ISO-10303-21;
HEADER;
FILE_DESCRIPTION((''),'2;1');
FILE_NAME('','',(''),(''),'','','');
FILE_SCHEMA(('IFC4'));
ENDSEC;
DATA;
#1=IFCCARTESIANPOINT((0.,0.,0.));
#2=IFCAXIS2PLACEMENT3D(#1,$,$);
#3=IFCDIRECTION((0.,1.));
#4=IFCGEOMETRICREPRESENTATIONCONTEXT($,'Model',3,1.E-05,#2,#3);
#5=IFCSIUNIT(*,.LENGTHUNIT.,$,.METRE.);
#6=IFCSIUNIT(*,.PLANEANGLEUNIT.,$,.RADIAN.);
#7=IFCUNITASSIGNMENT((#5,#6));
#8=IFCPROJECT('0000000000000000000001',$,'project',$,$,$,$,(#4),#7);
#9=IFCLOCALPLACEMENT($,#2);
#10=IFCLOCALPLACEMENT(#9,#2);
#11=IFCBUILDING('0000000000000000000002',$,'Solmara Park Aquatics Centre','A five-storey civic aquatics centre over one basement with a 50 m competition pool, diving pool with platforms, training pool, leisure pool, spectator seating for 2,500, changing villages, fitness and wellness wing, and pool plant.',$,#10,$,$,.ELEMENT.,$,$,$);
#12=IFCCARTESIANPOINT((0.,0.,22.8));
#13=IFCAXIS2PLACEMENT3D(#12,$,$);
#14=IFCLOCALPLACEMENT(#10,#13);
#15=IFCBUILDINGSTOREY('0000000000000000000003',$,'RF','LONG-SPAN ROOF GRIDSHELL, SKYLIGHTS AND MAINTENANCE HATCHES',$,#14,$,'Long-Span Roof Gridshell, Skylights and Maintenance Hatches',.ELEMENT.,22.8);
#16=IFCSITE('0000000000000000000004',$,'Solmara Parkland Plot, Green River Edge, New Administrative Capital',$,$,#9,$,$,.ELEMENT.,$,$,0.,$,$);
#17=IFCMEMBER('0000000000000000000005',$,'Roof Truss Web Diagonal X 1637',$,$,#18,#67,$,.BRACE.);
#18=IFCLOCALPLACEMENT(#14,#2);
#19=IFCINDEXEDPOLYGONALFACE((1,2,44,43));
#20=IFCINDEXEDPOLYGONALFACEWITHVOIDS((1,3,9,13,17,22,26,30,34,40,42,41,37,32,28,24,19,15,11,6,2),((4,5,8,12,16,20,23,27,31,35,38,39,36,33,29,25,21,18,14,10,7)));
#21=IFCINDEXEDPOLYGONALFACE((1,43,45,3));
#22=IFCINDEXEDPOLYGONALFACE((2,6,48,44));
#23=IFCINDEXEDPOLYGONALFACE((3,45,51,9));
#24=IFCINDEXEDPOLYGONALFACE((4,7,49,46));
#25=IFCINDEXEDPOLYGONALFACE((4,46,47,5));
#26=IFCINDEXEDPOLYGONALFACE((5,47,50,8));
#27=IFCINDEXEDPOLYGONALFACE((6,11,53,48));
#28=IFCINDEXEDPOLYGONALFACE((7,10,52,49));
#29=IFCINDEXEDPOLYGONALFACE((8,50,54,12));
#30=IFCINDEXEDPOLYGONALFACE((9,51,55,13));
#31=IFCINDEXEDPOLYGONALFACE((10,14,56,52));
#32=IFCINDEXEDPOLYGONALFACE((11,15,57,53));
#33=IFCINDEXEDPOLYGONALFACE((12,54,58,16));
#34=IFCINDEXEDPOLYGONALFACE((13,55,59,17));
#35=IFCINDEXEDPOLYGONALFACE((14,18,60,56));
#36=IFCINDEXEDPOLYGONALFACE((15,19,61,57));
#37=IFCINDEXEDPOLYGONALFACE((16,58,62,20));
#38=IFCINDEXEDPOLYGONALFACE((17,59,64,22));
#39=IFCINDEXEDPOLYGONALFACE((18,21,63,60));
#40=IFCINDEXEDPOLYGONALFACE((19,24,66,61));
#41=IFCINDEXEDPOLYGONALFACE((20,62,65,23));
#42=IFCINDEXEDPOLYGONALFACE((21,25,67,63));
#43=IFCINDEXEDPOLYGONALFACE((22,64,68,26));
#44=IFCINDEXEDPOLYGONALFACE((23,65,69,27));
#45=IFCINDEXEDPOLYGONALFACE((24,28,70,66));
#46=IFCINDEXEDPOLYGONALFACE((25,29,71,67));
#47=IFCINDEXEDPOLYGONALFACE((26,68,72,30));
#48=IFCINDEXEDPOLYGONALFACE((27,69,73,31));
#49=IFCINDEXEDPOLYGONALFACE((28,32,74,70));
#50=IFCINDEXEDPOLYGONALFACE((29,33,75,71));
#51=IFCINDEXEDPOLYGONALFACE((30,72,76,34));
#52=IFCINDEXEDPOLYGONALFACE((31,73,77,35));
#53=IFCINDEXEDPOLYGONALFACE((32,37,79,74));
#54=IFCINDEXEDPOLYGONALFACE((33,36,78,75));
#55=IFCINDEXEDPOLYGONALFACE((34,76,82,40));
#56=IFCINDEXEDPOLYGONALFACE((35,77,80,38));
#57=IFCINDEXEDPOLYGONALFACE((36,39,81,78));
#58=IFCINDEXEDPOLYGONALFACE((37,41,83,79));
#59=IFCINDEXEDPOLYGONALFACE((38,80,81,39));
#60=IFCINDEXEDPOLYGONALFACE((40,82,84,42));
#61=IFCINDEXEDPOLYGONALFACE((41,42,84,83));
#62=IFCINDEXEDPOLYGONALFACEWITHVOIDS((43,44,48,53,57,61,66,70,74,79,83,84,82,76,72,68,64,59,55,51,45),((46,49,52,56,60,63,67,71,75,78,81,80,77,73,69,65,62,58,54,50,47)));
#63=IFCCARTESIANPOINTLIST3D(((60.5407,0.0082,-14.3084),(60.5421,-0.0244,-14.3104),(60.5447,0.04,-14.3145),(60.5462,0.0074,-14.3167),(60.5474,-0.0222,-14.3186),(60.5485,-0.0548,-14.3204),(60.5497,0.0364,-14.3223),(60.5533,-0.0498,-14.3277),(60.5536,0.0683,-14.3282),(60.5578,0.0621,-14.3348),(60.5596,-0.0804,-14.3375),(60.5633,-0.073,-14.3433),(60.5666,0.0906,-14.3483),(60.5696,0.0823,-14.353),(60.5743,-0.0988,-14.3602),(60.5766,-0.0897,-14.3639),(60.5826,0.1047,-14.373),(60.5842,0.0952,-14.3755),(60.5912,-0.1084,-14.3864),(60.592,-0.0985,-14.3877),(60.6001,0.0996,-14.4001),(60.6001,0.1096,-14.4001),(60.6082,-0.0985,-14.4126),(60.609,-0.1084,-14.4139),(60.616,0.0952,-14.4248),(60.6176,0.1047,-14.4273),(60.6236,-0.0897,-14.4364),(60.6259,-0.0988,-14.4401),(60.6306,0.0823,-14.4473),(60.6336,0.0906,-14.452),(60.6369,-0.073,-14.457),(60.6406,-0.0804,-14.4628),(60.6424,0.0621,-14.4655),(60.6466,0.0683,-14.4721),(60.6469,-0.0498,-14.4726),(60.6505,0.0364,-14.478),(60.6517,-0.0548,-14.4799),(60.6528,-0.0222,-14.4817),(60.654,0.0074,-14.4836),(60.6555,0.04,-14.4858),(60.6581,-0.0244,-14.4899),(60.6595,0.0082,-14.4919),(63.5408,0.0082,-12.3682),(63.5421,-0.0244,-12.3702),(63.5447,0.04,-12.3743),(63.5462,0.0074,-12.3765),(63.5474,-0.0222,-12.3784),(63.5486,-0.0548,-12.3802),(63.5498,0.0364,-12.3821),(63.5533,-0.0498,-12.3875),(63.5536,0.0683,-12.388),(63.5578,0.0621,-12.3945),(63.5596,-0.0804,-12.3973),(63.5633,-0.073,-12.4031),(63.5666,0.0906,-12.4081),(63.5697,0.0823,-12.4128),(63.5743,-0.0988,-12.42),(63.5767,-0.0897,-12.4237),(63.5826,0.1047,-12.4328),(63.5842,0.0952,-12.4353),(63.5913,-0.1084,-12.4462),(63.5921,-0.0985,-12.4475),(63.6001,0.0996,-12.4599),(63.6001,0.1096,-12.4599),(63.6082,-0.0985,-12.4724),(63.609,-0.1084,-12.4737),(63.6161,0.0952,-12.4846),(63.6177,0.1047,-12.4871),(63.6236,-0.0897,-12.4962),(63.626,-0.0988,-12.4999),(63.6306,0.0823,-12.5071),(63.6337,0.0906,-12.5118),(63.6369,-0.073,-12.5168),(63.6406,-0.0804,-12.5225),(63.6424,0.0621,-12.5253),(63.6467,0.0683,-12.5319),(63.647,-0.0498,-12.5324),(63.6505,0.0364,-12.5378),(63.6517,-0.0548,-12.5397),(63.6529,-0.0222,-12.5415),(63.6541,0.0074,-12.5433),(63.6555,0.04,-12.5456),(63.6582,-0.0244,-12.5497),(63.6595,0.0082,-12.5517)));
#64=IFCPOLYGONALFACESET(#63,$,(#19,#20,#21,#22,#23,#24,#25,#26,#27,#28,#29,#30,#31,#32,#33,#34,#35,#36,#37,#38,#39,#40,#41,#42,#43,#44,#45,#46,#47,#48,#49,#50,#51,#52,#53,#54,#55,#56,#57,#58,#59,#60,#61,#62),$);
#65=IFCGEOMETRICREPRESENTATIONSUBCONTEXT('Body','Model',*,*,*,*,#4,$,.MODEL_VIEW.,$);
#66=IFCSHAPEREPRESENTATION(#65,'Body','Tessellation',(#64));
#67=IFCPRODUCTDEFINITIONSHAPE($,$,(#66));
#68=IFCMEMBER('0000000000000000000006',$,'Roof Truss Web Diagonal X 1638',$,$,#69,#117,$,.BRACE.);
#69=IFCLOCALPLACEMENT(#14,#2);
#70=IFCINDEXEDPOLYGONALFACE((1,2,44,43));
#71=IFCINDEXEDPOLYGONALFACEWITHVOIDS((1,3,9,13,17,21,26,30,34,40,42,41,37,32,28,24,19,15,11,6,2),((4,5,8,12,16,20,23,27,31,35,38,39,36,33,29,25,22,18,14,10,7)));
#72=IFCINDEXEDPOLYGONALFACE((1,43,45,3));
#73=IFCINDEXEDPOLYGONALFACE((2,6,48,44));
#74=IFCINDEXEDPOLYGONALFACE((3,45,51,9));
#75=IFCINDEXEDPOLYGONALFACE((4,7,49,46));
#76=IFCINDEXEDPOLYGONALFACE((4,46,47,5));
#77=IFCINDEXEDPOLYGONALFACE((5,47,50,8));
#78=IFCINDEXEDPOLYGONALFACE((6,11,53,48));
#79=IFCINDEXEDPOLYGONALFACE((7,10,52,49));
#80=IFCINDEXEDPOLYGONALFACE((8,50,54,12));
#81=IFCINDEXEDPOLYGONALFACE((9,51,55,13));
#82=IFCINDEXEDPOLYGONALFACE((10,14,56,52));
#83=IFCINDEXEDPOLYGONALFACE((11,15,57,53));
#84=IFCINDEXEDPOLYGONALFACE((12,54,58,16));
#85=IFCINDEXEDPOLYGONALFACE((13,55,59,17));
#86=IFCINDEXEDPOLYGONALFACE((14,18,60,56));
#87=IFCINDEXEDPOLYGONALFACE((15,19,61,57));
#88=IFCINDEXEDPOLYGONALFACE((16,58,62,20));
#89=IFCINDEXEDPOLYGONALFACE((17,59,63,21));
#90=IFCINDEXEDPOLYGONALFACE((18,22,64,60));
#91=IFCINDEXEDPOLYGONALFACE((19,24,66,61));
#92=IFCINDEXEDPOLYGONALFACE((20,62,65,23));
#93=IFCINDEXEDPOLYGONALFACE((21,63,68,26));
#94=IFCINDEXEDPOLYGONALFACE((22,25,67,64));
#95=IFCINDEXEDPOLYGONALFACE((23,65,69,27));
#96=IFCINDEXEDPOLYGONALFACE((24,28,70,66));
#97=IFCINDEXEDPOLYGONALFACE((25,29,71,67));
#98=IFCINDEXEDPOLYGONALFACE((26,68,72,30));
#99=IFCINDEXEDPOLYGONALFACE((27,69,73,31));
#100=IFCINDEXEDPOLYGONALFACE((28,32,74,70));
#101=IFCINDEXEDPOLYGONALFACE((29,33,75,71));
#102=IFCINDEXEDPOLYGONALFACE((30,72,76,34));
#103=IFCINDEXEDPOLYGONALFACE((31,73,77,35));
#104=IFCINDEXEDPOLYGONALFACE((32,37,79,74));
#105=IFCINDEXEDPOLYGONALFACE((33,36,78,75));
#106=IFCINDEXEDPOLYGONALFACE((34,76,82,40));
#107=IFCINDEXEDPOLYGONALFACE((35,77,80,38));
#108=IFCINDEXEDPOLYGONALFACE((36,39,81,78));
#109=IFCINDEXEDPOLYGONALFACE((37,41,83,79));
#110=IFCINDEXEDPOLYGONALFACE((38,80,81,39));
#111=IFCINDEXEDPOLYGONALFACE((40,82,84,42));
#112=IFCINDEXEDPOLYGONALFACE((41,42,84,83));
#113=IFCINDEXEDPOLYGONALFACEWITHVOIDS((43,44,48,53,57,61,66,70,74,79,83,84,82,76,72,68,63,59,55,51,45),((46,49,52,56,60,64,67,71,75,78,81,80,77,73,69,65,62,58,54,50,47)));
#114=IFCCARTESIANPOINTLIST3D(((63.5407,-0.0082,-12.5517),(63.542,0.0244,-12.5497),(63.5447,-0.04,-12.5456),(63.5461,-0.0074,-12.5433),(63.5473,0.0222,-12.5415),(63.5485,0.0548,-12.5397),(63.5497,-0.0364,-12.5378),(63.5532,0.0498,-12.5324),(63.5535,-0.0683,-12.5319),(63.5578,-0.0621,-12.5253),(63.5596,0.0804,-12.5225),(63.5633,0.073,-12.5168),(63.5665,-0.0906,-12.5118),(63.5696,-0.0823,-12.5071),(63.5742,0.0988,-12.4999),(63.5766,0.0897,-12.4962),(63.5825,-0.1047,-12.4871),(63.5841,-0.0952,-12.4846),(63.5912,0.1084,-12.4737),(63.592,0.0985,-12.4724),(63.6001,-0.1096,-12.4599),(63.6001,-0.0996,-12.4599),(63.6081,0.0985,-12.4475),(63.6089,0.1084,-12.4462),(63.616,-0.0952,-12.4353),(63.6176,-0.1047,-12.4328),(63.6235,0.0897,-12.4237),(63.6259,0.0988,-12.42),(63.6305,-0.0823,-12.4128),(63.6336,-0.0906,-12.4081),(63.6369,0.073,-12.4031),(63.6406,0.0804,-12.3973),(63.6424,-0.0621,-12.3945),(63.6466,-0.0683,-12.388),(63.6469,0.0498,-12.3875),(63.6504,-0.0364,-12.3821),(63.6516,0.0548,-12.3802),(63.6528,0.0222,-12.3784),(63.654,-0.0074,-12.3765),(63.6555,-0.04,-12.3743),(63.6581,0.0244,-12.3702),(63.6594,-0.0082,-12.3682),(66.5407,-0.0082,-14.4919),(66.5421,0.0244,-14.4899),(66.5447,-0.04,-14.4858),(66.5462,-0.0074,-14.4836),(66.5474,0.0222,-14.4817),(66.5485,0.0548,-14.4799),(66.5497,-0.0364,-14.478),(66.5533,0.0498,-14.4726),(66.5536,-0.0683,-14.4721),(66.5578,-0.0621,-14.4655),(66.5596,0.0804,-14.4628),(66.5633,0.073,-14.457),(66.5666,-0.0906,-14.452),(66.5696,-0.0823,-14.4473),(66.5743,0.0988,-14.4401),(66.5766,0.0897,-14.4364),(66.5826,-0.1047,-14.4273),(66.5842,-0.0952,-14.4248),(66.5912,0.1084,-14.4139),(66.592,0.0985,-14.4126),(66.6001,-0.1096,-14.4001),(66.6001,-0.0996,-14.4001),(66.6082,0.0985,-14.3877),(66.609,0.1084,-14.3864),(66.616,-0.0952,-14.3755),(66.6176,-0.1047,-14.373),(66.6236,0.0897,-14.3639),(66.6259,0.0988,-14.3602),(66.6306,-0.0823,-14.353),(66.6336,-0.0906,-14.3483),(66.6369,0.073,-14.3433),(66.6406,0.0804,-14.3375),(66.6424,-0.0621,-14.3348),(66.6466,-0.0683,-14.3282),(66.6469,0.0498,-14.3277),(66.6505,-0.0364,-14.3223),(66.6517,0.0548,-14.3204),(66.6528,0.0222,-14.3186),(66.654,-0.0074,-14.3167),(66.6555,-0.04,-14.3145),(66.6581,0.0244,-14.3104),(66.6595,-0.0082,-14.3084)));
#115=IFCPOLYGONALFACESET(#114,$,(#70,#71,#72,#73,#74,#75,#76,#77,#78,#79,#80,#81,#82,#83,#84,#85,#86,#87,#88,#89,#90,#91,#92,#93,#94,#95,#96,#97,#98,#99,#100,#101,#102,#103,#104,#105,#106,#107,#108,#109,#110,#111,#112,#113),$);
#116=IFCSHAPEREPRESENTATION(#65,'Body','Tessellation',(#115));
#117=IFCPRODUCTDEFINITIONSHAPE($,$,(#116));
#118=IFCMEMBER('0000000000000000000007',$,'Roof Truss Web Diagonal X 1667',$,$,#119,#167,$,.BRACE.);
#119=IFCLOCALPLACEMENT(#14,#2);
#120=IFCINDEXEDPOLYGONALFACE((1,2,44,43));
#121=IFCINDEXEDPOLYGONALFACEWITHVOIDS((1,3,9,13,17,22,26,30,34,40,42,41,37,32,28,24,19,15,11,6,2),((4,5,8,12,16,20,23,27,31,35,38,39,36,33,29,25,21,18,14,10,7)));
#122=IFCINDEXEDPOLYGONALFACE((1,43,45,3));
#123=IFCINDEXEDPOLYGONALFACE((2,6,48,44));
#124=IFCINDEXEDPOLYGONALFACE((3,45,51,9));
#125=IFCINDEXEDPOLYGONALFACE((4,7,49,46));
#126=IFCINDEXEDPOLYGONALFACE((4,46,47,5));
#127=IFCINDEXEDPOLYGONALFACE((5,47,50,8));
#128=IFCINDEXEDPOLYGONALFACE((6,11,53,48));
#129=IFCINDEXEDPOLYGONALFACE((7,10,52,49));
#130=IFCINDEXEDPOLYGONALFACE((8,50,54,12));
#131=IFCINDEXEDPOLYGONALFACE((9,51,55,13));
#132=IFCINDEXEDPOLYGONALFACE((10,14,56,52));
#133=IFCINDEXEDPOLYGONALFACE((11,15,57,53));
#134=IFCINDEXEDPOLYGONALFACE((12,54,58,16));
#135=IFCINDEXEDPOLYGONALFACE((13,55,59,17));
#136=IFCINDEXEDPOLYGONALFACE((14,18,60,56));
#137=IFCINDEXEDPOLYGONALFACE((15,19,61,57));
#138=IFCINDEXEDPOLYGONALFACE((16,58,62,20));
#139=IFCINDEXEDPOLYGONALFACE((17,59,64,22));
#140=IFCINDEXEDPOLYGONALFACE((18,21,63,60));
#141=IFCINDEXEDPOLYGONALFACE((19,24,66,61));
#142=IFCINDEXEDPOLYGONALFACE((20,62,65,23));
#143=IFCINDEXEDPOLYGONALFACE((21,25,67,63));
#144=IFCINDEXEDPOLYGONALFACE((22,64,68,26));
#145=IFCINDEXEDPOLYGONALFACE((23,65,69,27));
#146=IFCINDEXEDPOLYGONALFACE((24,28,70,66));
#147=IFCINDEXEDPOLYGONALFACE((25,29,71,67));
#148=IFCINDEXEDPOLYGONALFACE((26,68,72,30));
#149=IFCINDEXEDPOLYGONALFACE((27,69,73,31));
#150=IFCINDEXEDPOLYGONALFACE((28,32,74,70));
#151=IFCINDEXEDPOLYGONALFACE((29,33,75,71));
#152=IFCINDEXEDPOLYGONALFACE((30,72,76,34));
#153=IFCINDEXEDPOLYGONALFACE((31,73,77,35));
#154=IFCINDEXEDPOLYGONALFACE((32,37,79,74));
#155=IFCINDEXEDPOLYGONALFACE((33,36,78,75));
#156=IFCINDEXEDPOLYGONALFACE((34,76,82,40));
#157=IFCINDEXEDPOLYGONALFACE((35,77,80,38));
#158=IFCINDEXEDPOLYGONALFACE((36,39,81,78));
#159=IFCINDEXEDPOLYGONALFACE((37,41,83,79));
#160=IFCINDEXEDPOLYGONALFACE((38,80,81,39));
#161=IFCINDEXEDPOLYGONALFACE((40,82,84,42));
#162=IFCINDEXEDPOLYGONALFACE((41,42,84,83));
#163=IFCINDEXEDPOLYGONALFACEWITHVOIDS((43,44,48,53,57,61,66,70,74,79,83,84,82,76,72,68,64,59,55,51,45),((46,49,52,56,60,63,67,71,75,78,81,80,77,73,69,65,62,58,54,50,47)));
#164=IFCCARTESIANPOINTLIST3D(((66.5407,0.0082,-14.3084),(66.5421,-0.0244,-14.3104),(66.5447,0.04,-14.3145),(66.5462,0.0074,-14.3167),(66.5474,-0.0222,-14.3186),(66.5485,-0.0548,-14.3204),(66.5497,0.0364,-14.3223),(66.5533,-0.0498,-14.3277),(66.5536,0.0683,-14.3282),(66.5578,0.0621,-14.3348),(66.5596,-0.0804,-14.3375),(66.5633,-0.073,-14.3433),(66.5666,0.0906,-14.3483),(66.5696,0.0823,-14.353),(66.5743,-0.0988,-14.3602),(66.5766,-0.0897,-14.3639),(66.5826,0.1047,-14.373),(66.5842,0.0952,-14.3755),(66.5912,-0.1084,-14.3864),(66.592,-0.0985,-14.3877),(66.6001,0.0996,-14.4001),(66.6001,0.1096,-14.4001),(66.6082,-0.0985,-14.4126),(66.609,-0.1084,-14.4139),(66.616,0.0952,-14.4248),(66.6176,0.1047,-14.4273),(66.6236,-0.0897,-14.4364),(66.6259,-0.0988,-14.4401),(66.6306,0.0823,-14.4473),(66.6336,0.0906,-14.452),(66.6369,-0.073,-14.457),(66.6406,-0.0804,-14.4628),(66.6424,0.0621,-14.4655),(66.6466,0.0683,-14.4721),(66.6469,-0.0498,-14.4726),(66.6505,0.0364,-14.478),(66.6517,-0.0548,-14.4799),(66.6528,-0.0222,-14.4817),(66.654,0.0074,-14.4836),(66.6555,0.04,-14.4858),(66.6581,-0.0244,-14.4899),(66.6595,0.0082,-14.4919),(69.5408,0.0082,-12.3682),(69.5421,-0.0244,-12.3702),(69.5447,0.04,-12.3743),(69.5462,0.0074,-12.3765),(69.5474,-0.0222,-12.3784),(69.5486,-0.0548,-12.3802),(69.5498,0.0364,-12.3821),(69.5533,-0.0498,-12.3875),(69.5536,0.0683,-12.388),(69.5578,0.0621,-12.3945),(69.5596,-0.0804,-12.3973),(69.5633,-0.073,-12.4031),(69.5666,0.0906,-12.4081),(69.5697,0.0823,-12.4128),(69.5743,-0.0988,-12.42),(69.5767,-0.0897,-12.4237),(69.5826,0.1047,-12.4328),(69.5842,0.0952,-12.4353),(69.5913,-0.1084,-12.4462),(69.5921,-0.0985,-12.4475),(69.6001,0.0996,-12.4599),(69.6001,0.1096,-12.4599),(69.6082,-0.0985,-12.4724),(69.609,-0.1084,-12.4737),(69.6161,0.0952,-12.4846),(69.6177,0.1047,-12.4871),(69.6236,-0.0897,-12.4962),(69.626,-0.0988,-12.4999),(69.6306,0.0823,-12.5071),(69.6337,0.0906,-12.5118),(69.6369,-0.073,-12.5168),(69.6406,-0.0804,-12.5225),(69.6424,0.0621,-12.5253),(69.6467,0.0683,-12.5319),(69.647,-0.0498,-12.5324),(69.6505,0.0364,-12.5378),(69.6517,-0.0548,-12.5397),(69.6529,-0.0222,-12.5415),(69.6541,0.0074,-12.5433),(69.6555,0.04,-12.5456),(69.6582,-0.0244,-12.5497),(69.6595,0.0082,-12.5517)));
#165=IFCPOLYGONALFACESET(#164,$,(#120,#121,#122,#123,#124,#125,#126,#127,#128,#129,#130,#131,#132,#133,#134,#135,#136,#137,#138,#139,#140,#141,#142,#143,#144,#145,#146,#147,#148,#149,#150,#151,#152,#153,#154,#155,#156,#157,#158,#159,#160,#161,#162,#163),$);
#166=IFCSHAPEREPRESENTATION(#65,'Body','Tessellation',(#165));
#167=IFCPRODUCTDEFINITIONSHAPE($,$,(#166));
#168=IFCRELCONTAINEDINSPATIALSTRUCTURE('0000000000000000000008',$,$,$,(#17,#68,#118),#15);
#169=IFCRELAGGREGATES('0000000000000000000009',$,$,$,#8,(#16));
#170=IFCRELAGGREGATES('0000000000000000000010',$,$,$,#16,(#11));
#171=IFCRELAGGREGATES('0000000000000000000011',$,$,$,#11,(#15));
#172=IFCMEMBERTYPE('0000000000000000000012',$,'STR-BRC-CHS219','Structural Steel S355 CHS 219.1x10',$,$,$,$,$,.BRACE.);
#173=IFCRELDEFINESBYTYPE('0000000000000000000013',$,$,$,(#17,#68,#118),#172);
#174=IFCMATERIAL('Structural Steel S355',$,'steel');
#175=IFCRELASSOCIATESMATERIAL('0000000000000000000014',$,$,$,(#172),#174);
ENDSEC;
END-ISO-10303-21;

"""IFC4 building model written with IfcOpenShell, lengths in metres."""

from ifc_helpers import new_model, si_unit, direction, frame, origin, origin_2d, place, context, subcontext, project, spatial, hollow_circle, extrude, material, material_profile, profile_set, type_object, element, save


model = new_model("IFC4")

# Units and contexts
model_context = context("Model", 3, precision=1e-05, world=origin(), true_north=direction((0.0, 1.0)))
body_context = subcontext(model_context, "Body", "Model", "MODEL_VIEW")
ifc_project = project(units=[si_unit("LENGTHUNIT", "METRE"), si_unit("PLANEANGLEUNIT", "RADIAN")], contexts=[model_context])

# Site, building, storey
site_placement = place(None, origin())
site = spatial("IfcSite", under=ifc_project, at=site_placement, Name="Solmara Parkland Plot, Green River Edge, New Administrative Capital", CompositionType="ELEMENT", RefElevation=0.0)
building_placement = place(site_placement, origin())
building = spatial("IfcBuilding", under=site, at=building_placement, Name="Solmara Park Aquatics Centre", Description="A five-storey civic aquatics centre over one basement with a 50 m competition pool, diving pool with platforms, training pool, leisure pool, spectator seating for 2,500, changing villages, fitness and wellness wing, and pool plant.", CompositionType="ELEMENT")
storey_placement = place(building_placement, frame((0.0, 0.0, 22.8)))
storey = spatial("IfcBuildingStorey", under=building, at=storey_placement, Name="RF", Description="LONG-SPAN ROOF GRIDSHELL, SKYLIGHTS AND MAINTENANCE HATCHES", LongName="Long-Span Roof Gridshell, Skylights and Maintenance Hatches", CompositionType="ELEMENT", Elevation=22.8)

# Members
ifc_material_1 = material(Name="Structural Steel S355", Category="steel")
ifc_material_profile_1 = material_profile(ifc_material_1, hollow_circle(Radius=0.1096, WallThickness=0.01, at=origin_2d()), Name="CHS 219.1x10")
ifc_profile_set_1 = profile_set([ifc_material_profile_1], Name="Structural Steel S355")
member_type_1 = type_object("IfcMemberType", Name="STR-BRC-CHS219", Description="Structural Steel S355 CHS 219.1x10", PredefinedType="BRACE", material=ifc_profile_set_1)
for number, where, z_axis, x_axis, name in (
    (1, (60.6001, 0.0, -14.4001), (0.839697, 0.0, 0.543056), (0.0, 1.0, 0.0), "Roof Truss Web Diagonal X 1637"),
    (2, (66.6001, 0.0, -14.4001), (-0.839697, 0.0, 0.543056), (0.0, -1.0, 0.0), "Roof Truss Web Diagonal X 1638"),
    (3, (66.6001, 0.0, -14.4001), (0.839697, 0.0, 0.543056), (0.0, 1.0, 0.0), "Roof Truss Web Diagonal X 1667"),
):
    element("IfcMember", number, at=place(storey_placement, frame(where, z_axis=z_axis, x_axis=x_axis)), inside=storey, type_object=member_type_1, Name=name, PredefinedType="BRACE", context=body_context, shape_type="SweptSolid", body=[
        extrude(hollow_circle(Radius=0.1096, WallThickness=0.01, at=origin_2d()), origin(), (0.0, 0.0, 1.0), 3.5728),
    ])

save(model, "model.ifc")
